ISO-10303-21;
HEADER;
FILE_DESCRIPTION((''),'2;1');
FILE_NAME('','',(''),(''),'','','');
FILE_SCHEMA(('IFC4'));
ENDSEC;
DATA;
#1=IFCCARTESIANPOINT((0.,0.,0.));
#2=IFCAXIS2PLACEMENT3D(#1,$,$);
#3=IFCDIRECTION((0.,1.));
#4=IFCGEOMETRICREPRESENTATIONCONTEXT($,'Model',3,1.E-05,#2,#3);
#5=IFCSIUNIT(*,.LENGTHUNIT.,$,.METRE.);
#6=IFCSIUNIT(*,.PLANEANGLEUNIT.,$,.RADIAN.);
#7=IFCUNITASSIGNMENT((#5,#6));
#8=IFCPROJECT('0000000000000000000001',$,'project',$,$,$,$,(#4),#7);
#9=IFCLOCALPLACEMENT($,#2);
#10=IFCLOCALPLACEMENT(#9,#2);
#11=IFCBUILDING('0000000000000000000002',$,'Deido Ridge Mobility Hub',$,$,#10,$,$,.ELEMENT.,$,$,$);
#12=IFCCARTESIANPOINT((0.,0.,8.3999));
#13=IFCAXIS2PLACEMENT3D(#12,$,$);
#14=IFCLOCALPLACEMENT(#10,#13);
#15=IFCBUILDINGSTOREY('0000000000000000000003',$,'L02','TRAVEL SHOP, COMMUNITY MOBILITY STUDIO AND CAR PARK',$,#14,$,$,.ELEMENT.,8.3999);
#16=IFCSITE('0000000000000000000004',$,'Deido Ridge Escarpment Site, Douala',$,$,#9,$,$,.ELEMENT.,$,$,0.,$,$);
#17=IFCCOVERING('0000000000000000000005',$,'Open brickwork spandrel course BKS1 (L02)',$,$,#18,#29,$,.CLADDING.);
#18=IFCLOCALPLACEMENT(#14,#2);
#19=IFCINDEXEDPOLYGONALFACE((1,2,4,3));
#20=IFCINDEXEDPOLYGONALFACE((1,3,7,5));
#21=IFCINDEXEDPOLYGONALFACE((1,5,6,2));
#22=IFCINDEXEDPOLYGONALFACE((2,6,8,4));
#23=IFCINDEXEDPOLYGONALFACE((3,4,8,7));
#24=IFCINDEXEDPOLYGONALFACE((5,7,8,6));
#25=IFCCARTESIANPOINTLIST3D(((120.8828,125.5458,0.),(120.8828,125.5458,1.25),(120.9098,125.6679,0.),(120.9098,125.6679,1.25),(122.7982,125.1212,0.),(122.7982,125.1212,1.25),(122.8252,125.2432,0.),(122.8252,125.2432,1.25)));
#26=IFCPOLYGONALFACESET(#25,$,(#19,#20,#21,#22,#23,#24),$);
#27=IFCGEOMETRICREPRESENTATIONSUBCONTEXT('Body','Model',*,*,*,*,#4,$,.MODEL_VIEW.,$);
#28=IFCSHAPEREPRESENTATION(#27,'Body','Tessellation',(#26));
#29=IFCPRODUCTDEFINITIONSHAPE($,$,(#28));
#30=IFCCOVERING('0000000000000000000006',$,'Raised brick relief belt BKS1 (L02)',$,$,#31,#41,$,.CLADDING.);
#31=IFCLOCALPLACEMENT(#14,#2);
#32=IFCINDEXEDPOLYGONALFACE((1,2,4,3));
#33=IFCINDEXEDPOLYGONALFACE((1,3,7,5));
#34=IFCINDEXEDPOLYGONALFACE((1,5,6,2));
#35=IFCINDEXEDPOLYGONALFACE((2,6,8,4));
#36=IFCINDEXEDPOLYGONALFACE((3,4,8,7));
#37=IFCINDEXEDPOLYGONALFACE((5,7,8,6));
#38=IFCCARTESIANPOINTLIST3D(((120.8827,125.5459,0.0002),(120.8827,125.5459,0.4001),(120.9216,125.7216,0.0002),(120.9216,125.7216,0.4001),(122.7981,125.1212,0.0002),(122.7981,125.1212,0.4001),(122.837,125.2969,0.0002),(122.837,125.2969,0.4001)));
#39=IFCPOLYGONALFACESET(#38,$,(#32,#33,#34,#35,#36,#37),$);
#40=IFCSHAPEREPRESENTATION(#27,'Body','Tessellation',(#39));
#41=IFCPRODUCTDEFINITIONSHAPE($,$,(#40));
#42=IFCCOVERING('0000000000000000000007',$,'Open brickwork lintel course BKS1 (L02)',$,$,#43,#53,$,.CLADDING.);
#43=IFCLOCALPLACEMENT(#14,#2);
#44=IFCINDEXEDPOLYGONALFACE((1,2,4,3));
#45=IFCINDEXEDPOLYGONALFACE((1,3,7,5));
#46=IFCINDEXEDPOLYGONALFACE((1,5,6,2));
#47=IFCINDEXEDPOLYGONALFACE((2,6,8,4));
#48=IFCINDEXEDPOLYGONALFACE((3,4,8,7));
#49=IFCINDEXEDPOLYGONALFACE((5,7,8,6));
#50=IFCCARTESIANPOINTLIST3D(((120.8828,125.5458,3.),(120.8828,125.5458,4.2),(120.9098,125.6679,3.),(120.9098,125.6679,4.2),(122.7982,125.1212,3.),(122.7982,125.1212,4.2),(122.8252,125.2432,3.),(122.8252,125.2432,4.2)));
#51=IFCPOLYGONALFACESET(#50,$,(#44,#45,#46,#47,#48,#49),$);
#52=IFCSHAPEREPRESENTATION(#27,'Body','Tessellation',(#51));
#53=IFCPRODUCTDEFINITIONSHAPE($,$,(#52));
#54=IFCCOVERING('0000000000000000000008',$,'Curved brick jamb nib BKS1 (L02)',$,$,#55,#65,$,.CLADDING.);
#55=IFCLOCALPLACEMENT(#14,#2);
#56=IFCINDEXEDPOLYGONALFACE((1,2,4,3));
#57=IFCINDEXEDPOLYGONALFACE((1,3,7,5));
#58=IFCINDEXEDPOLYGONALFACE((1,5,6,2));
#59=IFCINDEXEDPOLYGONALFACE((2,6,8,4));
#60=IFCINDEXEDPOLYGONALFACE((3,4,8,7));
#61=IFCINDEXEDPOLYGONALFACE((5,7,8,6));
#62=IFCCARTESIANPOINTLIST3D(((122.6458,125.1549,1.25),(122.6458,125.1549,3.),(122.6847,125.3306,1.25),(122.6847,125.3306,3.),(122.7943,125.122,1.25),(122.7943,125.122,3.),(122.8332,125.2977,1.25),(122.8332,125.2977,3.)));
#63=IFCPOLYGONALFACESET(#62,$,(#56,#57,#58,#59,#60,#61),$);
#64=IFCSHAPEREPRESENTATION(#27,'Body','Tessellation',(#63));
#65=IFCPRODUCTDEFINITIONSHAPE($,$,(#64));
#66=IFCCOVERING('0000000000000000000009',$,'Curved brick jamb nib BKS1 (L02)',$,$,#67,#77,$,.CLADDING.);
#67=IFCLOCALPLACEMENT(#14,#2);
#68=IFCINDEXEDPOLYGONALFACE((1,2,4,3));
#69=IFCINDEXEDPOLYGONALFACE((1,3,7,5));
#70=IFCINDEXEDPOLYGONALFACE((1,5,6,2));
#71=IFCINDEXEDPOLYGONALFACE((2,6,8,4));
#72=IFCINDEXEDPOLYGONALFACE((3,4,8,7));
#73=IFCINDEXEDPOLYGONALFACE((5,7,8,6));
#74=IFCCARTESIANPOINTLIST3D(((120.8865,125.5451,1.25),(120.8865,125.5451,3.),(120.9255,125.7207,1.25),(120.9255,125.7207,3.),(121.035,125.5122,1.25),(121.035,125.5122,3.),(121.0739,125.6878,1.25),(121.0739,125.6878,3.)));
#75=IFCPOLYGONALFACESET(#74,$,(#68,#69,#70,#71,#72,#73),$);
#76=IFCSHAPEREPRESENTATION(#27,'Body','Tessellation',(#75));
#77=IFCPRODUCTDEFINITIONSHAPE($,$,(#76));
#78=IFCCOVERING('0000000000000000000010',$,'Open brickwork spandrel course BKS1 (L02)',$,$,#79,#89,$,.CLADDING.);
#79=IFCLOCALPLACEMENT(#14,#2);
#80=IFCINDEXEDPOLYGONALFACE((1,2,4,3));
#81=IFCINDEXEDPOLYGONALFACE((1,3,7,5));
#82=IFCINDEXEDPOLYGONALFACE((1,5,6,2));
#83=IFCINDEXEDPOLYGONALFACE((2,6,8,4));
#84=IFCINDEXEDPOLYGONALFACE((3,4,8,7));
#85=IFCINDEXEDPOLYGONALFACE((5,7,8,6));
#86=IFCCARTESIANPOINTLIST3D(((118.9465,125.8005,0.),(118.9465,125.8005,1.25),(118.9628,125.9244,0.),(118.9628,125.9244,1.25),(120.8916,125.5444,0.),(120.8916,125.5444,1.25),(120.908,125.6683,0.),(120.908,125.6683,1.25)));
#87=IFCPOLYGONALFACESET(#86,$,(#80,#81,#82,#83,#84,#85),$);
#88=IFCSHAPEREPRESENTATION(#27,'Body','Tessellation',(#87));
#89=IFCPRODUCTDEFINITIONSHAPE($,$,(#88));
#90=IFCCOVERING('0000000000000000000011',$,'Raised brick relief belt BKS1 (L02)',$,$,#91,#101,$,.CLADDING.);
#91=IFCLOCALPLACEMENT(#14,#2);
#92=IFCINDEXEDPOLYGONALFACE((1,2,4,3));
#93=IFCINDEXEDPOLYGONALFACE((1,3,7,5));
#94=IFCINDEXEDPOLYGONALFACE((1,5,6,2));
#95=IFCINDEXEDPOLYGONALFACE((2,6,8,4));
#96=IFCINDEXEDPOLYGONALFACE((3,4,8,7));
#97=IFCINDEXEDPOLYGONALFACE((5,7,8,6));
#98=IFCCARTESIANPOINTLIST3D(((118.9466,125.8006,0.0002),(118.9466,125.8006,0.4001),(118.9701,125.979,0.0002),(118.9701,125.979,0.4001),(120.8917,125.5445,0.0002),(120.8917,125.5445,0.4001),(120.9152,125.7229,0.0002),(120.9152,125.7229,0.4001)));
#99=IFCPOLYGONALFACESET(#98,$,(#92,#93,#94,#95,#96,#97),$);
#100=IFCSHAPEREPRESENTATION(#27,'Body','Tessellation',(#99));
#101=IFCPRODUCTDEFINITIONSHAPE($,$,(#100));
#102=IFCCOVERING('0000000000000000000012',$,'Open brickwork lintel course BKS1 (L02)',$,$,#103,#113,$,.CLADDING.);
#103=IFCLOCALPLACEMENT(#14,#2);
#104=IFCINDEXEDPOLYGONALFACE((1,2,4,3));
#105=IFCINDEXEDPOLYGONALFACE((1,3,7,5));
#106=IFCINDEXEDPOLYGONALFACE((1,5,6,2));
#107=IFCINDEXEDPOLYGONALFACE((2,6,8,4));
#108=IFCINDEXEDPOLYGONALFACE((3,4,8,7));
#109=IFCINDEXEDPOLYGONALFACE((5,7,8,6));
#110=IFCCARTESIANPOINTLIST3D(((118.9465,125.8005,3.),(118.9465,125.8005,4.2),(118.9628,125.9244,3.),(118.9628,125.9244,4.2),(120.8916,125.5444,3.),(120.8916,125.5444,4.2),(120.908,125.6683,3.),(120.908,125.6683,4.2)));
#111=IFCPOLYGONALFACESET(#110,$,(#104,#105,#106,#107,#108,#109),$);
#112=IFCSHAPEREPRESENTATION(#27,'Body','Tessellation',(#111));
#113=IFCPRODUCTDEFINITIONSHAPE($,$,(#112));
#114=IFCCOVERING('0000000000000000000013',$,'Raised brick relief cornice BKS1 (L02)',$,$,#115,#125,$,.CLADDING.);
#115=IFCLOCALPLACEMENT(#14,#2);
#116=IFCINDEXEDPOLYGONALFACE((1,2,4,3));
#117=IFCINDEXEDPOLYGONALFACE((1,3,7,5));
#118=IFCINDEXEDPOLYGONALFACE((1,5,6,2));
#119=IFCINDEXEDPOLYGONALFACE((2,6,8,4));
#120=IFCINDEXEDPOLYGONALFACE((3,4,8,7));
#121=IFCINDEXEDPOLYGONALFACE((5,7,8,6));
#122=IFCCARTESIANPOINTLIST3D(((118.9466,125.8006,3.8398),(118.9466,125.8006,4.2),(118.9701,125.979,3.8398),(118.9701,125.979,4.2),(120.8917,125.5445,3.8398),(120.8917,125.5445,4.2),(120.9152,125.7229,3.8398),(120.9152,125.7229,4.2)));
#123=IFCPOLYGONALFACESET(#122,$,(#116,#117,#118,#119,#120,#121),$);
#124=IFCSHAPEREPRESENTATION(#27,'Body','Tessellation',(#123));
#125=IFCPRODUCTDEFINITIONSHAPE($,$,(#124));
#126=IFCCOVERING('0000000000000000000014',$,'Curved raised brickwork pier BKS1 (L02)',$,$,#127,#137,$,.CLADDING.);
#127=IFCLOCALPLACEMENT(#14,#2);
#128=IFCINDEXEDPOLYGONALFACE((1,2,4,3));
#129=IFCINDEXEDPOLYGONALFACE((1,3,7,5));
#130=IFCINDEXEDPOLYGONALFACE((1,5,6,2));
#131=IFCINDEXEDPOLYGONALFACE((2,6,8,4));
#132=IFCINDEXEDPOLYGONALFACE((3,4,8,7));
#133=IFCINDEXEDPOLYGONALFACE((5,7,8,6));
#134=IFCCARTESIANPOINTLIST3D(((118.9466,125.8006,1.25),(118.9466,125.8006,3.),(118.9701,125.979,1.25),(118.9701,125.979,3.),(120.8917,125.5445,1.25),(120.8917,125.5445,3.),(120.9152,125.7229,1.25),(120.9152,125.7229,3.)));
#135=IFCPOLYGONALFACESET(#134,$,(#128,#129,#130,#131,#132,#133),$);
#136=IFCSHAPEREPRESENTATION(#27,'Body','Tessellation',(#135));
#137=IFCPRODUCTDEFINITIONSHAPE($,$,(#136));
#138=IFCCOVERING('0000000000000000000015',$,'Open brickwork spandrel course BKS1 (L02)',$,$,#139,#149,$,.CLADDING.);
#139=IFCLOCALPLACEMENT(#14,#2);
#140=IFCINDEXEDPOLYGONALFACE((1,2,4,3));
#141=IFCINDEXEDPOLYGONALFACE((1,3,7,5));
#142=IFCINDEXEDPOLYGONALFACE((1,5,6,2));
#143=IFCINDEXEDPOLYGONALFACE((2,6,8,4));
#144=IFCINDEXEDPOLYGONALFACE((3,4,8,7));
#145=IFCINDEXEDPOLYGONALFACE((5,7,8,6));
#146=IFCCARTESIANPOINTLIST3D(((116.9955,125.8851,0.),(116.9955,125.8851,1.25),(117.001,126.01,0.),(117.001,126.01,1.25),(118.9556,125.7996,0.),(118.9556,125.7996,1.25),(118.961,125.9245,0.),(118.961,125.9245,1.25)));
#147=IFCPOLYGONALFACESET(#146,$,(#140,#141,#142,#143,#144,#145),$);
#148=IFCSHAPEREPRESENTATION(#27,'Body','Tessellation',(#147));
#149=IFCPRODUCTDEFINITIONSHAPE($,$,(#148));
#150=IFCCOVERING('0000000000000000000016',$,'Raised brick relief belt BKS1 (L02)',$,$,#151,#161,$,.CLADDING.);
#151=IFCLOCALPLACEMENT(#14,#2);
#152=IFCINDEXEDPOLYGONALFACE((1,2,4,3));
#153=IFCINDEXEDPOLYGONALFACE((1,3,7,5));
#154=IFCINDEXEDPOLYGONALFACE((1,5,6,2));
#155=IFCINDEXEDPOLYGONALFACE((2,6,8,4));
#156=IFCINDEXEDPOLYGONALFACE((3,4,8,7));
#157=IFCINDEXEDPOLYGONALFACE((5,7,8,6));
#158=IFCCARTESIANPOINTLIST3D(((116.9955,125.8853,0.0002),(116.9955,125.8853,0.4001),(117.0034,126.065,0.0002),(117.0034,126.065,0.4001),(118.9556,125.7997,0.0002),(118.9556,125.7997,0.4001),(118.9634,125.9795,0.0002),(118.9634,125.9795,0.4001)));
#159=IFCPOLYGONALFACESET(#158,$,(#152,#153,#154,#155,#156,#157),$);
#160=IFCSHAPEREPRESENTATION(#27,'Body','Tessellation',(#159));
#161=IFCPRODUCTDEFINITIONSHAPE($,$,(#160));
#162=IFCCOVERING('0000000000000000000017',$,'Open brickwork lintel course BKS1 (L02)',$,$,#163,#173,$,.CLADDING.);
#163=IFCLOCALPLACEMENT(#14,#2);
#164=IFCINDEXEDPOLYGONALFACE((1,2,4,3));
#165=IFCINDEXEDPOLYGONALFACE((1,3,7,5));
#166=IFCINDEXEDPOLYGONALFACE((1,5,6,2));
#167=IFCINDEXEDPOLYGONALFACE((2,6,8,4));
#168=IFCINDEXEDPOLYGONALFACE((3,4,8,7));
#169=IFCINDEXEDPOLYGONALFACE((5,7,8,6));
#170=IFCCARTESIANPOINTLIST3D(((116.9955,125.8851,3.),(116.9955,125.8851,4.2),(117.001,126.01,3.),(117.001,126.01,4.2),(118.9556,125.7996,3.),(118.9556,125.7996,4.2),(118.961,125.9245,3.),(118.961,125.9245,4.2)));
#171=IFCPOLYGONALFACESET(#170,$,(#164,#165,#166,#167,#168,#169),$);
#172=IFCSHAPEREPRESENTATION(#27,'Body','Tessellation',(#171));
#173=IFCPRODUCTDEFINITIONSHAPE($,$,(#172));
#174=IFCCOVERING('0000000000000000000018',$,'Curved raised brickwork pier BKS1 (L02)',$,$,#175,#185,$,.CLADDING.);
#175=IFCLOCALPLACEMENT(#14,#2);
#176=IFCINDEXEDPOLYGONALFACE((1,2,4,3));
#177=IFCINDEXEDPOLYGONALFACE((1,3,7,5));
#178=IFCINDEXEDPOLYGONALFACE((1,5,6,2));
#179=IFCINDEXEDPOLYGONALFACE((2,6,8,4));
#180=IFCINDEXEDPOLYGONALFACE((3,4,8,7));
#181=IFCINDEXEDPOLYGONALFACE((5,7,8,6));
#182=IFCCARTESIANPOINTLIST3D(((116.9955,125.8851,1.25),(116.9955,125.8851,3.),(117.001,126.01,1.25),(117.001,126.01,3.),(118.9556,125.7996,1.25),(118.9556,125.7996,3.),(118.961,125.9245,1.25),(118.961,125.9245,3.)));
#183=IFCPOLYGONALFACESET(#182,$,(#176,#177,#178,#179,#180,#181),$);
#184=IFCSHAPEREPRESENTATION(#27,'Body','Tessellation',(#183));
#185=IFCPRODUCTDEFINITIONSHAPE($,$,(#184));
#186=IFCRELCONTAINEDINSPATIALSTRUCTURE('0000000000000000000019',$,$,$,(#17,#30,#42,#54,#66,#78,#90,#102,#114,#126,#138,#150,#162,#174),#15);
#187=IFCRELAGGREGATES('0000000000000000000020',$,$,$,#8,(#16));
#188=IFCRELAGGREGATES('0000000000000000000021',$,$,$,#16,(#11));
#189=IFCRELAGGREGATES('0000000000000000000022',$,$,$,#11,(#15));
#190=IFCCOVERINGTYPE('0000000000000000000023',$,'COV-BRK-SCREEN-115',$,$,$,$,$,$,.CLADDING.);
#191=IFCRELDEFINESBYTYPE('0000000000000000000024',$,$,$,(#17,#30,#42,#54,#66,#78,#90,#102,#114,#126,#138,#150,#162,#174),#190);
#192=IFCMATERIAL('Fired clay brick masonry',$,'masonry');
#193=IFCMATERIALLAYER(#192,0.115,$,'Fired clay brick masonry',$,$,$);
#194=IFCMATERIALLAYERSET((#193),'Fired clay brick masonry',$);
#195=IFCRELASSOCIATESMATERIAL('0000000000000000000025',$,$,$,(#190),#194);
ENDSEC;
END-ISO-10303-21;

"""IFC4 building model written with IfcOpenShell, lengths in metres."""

from ifc_helpers import new_model, si_unit, direction, frame, origin, origin_2d, place, context, subcontext, project, spatial, rectangle, extrude, material, layer, layer_set, type_object, element, save


model = new_model("IFC4")

# Units and contexts
model_context = context("Model", 3, precision=1e-05, world=origin(), true_north=direction((0.0, 1.0)))
body_context = subcontext(model_context, "Body", "Model", "MODEL_VIEW")
ifc_project = project(units=[si_unit("LENGTHUNIT", "METRE"), si_unit("PLANEANGLEUNIT", "RADIAN")], contexts=[model_context])

# Site, building, storey
site_placement = place(None, origin())
site = spatial("IfcSite", under=ifc_project, at=site_placement, Name="Deido Ridge Escarpment Site, Douala", CompositionType="ELEMENT", RefElevation=0.0)
building_placement = place(site_placement, origin())
building = spatial("IfcBuilding", under=site, at=building_placement, Name="Deido Ridge Mobility Hub", CompositionType="ELEMENT")
storey_placement = place(building_placement, frame((0.0, 0.0, 8.3999)))
storey = spatial("IfcBuildingStorey", under=building, at=storey_placement, Name="L02", Description="TRAVEL SHOP, COMMUNITY MOBILITY STUDIO AND CAR PARK", CompositionType="ELEMENT", Elevation=8.3999)

# Coverings
ifc_material_1 = material(Name="Fired clay brick masonry", Category="masonry")
ifc_layer = layer(ifc_material_1, 0.115, Name="Fired clay brick masonry")
ifc_layer_set = layer_set([ifc_layer], Name="Fired clay brick masonry")
covering_type = type_object("IfcCoveringType", Name="COV-BRK-SCREEN-115", PredefinedType="CLADDING", material=ifc_layer_set)
covering_1_placement = place(storey_placement, frame((121.854, 125.3945, 0.0), z_axis=(0.0, 0.0, 1.0), x_axis=(-0.976292, 0.216457, 0.0)))
element("IfcCovering", 1, at=covering_1_placement, inside=storey, type_object=covering_type, Name="Open brickwork spandrel course BKS1 (L02)", PredefinedType="CLADDING", context=body_context, shape_type="SweptSolid", body=[
    extrude(rectangle(XDim=1.9619, YDim=0.125, at=origin_2d()), origin(), (0.0, 0.0, 1.0), 1.25),
])
covering_2_placement = place(storey_placement, frame((121.8599, 125.4214, 0.0002), z_axis=(0.0, 0.0, 1.0), x_axis=(-0.976292, 0.216457, 0.0)))
element("IfcCovering", 2, at=covering_2_placement, inside=storey, type_object=covering_type, Name="Raised brick relief belt BKS1 (L02)", PredefinedType="CLADDING", context=body_context, shape_type="SweptSolid", body=[
    extrude(rectangle(XDim=1.9619, YDim=0.1799, at=origin_2d()), origin(), (0.0, 0.0, 1.0), 0.3999),
])
covering_3_placement = place(storey_placement, frame((121.854, 125.3945, 3.0), z_axis=(0.0, 0.0, 1.0), x_axis=(-0.976292, 0.216457, 0.0)))
element("IfcCovering", 3, at=covering_3_placement, inside=storey, type_object=covering_type, Name="Open brickwork lintel course BKS1 (L02)", PredefinedType="CLADDING", context=body_context, shape_type="SweptSolid", body=[
    extrude(rectangle(XDim=1.9619, YDim=0.125, at=origin_2d()), origin(), (0.0, 0.0, 1.0), 1.2),
])
for number, where, z_axis, x_axis, name in (
    (4, (122.7395, 125.2263, 1.25), (0.0, 0.0, 1.0), (-0.976292, 0.216457, 0.0), "Curved brick jamb nib BKS1 (L02)"),
    (5, (120.9802, 125.6165, 1.25), (0.0, 0.0, 1.0), (-0.976292, 0.216457, 0.0), "Curved brick jamb nib BKS1 (L02)"),
):
    element("IfcCovering", number, at=place(storey_placement, frame(where, z_axis=z_axis, x_axis=x_axis)), inside=storey, type_object=covering_type, Name=name, PredefinedType="CLADDING", context=body_context, shape_type="SweptSolid", body=[
        extrude(rectangle(XDim=0.1521, YDim=0.1799, at=origin_2d()), origin(), (0.0, 0.0, 1.0), 1.75),
    ])
covering_4_placement = place(storey_placement, frame((119.9272, 125.7344, 0.0), z_axis=(0.0, 0.0, 1.0), x_axis=(-0.991443, 0.130543, 0.0)))
element("IfcCovering", 6, at=covering_4_placement, inside=storey, type_object=covering_type, Name="Open brickwork spandrel course BKS1 (L02)", PredefinedType="CLADDING", context=body_context, shape_type="SweptSolid", body=[
    extrude(rectangle(XDim=1.9619, YDim=0.125, at=origin_2d()), origin(), (0.0, 0.0, 1.0), 1.25),
])
covering_5_placement = place(storey_placement, frame((119.9309, 125.7617, 0.0002), z_axis=(0.0, 0.0, 1.0), x_axis=(-0.991443, 0.130543, 0.0)))
element("IfcCovering", 7, at=covering_5_placement, inside=storey, type_object=covering_type, Name="Raised brick relief belt BKS1 (L02)", PredefinedType="CLADDING", context=body_context, shape_type="SweptSolid", body=[
    extrude(rectangle(XDim=1.9619, YDim=0.1799, at=origin_2d()), origin(), (0.0, 0.0, 1.0), 0.3999),
])
covering_6_placement = place(storey_placement, frame((119.9272, 125.7344, 3.0), z_axis=(0.0, 0.0, 1.0), x_axis=(-0.991443, 0.130543, 0.0)))
element("IfcCovering", 8, at=covering_6_placement, inside=storey, type_object=covering_type, Name="Open brickwork lintel course BKS1 (L02)", PredefinedType="CLADDING", context=body_context, shape_type="SweptSolid", body=[
    extrude(rectangle(XDim=1.9619, YDim=0.125, at=origin_2d()), origin(), (0.0, 0.0, 1.0), 1.2),
])
covering_7_placement = place(storey_placement, frame((119.9309, 125.7617, 3.8398), z_axis=(0.0, 0.0, 1.0), x_axis=(-0.991443, 0.130543, 0.0)))
element("IfcCovering", 9, at=covering_7_placement, inside=storey, type_object=covering_type, Name="Raised brick relief cornice BKS1 (L02)", PredefinedType="CLADDING", context=body_context, shape_type="SweptSolid", body=[
    extrude(rectangle(XDim=1.9619, YDim=0.1799, at=origin_2d()), origin(), (0.0, 0.0, 1.0), 0.3601),
])
covering_8_placement = place(storey_placement, frame((119.9309, 125.7617, 1.25), z_axis=(0.0, 0.0, 1.0), x_axis=(-0.991443, 0.130543, 0.0)))
element("IfcCovering", 10, at=covering_8_placement, inside=storey, type_object=covering_type, Name="Curved raised brickwork pier BKS1 (L02)", PredefinedType="CLADDING", context=body_context, shape_type="SweptSolid", body=[
    extrude(rectangle(XDim=1.9619, YDim=0.1799, at=origin_2d()), origin(), (0.0, 0.0, 1.0), 1.75),
])
covering_9_placement = place(storey_placement, frame((117.9783, 125.9048, 0.0), z_axis=(0.0, 0.0, 1.0), x_axis=(-0.999049, 0.043602, 0.0)))
element("IfcCovering", 11, at=covering_9_placement, inside=storey, type_object=covering_type, Name="Open brickwork spandrel course BKS1 (L02)", PredefinedType="CLADDING", context=body_context, shape_type="SweptSolid", body=[
    extrude(rectangle(XDim=1.9619, YDim=0.125, at=origin_2d()), origin(), (0.0, 0.0, 1.0), 1.25),
])
covering_10_placement = place(storey_placement, frame((117.9795, 125.9324, 0.0002), z_axis=(0.0, 0.0, 1.0), x_axis=(-0.999049, 0.043602, 0.0)))
element("IfcCovering", 12, at=covering_10_placement, inside=storey, type_object=covering_type, Name="Raised brick relief belt BKS1 (L02)", PredefinedType="CLADDING", context=body_context, shape_type="SweptSolid", body=[
    extrude(rectangle(XDim=1.9619, YDim=0.1799, at=origin_2d()), origin(), (0.0, 0.0, 1.0), 0.3999),
])
covering_11_placement = place(storey_placement, frame((117.9783, 125.9048, 3.0), z_axis=(0.0, 0.0, 1.0), x_axis=(-0.999049, 0.043602, 0.0)))
element("IfcCovering", 13, at=covering_11_placement, inside=storey, type_object=covering_type, Name="Open brickwork lintel course BKS1 (L02)", PredefinedType="CLADDING", context=body_context, shape_type="SweptSolid", body=[
    extrude(rectangle(XDim=1.9619, YDim=0.125, at=origin_2d()), origin(), (0.0, 0.0, 1.0), 1.2),
])
covering_12_placement = place(storey_placement, frame((117.9783, 125.9048, 1.25), z_axis=(0.0, 0.0, 1.0), x_axis=(-0.999049, 0.043602, 0.0)))
element("IfcCovering", 14, at=covering_12_placement, inside=storey, type_object=covering_type, Name="Curved raised brickwork pier BKS1 (L02)", PredefinedType="CLADDING", context=body_context, shape_type="SweptSolid", body=[
    extrude(rectangle(XDim=1.9619, YDim=0.125, at=origin_2d()), origin(), (0.0, 0.0, 1.0), 1.75),
])

save(model, "model.ifc")
